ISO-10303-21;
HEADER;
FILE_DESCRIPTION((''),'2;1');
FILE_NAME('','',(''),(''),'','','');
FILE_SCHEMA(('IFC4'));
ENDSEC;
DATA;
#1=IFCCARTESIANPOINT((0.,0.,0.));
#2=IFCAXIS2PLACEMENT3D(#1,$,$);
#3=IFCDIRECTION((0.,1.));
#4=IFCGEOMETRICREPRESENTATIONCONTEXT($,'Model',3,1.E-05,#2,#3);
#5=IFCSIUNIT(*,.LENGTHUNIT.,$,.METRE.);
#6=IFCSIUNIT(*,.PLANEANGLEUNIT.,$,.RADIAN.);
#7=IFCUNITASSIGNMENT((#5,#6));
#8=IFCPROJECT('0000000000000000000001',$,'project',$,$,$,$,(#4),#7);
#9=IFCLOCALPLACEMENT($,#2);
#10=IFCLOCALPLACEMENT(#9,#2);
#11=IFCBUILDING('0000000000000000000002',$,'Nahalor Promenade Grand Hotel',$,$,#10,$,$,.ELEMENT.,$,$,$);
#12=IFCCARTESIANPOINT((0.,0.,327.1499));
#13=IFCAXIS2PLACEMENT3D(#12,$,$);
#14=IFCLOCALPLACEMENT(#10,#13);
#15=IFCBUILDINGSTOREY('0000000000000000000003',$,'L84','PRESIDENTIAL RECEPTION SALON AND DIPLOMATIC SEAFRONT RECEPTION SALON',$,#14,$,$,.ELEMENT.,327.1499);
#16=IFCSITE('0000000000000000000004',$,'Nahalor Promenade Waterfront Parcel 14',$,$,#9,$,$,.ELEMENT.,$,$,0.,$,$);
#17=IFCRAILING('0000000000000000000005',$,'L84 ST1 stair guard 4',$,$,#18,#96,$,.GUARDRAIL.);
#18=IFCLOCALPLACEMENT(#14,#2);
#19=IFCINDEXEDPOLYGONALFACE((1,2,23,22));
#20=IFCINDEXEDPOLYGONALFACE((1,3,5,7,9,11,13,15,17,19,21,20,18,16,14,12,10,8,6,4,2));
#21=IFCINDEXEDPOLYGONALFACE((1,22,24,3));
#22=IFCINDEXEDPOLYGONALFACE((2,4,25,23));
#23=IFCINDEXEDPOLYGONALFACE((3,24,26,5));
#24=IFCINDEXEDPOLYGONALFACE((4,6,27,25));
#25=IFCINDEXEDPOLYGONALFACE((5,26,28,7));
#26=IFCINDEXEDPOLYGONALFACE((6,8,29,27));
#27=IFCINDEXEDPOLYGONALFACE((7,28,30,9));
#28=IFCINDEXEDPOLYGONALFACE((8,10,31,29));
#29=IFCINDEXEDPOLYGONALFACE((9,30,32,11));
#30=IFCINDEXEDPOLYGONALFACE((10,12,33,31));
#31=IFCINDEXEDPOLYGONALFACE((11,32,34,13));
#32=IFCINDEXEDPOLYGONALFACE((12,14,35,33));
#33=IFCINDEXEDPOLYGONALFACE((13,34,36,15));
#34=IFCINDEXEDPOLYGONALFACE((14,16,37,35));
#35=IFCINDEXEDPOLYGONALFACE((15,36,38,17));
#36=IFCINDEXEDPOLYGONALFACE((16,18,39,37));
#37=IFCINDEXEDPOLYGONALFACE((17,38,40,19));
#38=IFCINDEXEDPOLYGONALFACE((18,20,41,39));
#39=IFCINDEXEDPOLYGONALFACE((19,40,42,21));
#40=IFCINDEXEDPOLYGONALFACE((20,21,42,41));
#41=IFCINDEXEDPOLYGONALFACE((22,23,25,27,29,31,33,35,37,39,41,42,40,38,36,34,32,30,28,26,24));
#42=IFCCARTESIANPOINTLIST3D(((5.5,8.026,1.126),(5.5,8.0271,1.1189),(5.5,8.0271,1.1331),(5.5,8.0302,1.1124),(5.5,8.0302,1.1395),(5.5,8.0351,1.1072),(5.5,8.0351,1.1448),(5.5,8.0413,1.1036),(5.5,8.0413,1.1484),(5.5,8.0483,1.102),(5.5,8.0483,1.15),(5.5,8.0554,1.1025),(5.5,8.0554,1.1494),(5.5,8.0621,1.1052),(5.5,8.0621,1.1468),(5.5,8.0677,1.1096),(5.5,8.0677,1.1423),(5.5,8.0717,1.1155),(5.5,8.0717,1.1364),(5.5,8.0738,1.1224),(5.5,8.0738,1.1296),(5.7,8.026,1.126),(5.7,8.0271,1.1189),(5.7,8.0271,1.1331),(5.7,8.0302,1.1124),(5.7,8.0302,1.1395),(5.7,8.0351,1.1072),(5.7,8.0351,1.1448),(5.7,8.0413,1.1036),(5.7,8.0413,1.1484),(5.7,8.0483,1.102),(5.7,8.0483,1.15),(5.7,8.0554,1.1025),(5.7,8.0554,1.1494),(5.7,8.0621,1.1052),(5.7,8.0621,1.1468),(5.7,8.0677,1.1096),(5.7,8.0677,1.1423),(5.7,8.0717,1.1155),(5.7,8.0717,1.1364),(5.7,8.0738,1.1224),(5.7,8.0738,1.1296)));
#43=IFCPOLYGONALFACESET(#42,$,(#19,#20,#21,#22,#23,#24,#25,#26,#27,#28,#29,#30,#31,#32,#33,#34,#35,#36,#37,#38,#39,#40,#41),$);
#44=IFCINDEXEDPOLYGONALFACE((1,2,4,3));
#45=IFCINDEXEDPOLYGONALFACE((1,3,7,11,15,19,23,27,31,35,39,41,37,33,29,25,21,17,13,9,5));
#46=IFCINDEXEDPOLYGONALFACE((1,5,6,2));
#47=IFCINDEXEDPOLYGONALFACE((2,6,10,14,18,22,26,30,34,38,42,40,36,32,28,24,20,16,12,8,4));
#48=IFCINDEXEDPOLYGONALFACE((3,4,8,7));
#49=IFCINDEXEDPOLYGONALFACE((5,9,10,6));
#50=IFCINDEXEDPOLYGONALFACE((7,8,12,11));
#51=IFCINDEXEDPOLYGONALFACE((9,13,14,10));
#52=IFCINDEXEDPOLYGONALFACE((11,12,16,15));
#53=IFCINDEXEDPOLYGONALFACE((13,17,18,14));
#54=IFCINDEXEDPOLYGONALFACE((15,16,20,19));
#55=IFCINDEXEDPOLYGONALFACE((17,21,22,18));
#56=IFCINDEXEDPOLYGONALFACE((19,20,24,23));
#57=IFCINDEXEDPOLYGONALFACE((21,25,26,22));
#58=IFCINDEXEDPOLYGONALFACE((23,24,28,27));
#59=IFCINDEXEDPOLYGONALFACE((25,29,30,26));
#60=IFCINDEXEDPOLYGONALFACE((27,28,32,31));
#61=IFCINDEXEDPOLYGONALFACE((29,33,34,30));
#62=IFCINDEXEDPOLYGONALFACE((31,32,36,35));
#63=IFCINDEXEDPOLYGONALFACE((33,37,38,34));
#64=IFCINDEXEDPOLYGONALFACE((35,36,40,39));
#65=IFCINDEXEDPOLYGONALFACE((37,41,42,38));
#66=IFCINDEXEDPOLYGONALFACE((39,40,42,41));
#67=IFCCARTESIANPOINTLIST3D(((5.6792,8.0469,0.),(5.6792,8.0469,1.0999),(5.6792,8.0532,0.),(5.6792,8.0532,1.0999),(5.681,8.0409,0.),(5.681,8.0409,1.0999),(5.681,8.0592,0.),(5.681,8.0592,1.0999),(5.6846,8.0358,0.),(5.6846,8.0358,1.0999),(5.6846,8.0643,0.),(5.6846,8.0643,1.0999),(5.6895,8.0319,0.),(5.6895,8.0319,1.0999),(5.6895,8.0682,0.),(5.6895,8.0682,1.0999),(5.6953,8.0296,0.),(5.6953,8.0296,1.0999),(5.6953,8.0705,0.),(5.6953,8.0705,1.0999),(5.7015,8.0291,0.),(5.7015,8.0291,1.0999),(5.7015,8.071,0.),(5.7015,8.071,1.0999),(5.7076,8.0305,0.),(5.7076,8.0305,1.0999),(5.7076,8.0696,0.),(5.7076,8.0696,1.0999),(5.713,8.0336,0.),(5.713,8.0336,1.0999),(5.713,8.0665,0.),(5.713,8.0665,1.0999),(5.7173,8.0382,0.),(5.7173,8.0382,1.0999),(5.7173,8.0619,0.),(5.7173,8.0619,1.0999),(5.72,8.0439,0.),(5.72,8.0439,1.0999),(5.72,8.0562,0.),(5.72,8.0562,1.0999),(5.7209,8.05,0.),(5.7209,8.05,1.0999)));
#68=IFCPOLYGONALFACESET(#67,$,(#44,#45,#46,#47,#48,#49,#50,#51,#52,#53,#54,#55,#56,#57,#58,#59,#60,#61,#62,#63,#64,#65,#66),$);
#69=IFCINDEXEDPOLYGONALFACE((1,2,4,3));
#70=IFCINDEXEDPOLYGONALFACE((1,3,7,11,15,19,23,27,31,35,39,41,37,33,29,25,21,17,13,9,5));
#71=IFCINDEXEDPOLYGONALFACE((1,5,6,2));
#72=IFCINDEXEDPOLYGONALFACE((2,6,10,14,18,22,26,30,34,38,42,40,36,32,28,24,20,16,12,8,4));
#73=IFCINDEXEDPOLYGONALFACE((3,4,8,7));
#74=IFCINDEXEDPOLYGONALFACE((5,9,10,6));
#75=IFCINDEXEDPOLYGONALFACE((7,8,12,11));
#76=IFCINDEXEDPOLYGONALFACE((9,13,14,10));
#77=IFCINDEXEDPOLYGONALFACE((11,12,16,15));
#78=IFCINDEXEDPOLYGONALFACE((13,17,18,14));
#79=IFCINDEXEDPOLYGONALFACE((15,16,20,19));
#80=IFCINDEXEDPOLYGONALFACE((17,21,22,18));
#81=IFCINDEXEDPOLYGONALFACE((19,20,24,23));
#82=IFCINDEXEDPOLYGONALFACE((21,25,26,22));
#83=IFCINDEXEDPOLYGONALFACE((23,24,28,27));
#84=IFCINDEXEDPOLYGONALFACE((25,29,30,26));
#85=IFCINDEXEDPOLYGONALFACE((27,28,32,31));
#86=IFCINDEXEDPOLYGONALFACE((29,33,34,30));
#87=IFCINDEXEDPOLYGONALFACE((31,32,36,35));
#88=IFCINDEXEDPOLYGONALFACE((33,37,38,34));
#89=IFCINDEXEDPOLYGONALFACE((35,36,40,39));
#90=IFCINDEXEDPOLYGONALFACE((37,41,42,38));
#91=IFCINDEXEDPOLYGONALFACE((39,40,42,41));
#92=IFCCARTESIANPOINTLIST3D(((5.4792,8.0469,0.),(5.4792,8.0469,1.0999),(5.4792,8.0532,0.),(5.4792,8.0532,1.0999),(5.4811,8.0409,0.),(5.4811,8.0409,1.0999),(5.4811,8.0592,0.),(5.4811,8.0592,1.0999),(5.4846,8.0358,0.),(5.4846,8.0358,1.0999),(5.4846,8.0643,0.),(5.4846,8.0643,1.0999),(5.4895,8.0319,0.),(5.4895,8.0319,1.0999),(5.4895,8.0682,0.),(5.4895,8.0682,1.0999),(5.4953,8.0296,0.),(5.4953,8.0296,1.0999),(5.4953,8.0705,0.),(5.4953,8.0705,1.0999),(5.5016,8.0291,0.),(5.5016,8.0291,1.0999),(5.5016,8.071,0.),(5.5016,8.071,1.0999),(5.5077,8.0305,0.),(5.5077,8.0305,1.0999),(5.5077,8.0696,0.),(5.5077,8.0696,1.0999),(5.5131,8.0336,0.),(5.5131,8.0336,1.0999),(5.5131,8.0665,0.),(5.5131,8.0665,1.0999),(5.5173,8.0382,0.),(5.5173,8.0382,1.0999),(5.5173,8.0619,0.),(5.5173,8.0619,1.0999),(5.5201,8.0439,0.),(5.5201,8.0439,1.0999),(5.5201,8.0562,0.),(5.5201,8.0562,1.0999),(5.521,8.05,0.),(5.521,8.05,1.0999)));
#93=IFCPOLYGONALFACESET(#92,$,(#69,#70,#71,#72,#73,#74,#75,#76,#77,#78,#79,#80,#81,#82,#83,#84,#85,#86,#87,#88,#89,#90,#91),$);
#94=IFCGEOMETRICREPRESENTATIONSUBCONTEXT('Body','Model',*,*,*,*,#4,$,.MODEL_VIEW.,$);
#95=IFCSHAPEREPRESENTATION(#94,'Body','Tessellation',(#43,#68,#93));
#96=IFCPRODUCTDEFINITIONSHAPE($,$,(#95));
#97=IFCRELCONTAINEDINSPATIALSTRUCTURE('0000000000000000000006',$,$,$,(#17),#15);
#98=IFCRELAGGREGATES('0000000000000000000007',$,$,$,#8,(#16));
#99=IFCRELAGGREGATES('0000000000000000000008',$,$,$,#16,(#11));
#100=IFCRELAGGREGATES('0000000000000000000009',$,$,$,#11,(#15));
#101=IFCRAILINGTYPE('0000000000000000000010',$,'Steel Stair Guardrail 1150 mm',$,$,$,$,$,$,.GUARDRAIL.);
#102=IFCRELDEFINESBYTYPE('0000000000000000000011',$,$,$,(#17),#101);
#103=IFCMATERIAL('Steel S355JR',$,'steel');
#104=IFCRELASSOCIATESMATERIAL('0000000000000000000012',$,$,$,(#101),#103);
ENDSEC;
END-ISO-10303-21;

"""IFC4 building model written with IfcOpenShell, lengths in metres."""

from ifc_helpers import new_model, si_unit, direction, frame, origin, origin_2d, place, context, subcontext, project, spatial, circle, extrude, material, type_object, element, save


model = new_model("IFC4")

# Units and contexts
model_context = context("Model", 3, precision=1e-05, world=origin(), true_north=direction((0.0, 1.0)))
body_context = subcontext(model_context, "Body", "Model", "MODEL_VIEW")
ifc_project = project(units=[si_unit("LENGTHUNIT", "METRE"), si_unit("PLANEANGLEUNIT", "RADIAN")], contexts=[model_context])

# Site, building, storey
site_placement = place(None, origin())
site = spatial("IfcSite", under=ifc_project, at=site_placement, Name="Nahalor Promenade Waterfront Parcel 14", CompositionType="ELEMENT", RefElevation=0.0)
building_placement = place(site_placement, origin())
building = spatial("IfcBuilding", under=site, at=building_placement, Name="Nahalor Promenade Grand Hotel", CompositionType="ELEMENT")
storey_placement = place(building_placement, frame((0.0, 0.0, 327.1499)))
storey = spatial("IfcBuildingStorey", under=building, at=storey_placement, Name="L84", Description="PRESIDENTIAL RECEPTION SALON AND DIPLOMATIC SEAFRONT RECEPTION SALON", CompositionType="ELEMENT", Elevation=327.1499)

# Shared definitions
ifc_material_1 = material(Name="Steel S355JR", Category="steel")

# Railing
railing_type_1 = type_object("IfcRailingType", Name="Steel Stair Guardrail 1150 mm", PredefinedType="GUARDRAIL", material=ifc_material_1)
railing_1_placement = place(storey_placement, frame((5.7, 8.05, 0.0)))
element("IfcRailing", 1, at=railing_1_placement, inside=storey, type_object=railing_type_1, Name="L84 ST1 stair guard 4", PredefinedType="GUARDRAIL", context=body_context, shape_type="SweptSolid", body=[
    extrude(circle(Radius=0.024, at=origin_2d()), frame((0.0, 0.0, 1.126), z_axis=(-1.0, 0.0, 0.0), x_axis=(0.0, -1.0, 0.0)), (0.0, 0.0, 1.0), 0.2),
    extrude(circle(Radius=0.021, at=origin_2d()), origin(), (0.0, 0.0, 1.0), 1.0999),
    extrude(circle(Radius=0.021, at=origin_2d()), frame((-0.2, 0.0, 0.0)), (0.0, 0.0, 1.0), 1.0999),
])

save(model, "model.ifc")
